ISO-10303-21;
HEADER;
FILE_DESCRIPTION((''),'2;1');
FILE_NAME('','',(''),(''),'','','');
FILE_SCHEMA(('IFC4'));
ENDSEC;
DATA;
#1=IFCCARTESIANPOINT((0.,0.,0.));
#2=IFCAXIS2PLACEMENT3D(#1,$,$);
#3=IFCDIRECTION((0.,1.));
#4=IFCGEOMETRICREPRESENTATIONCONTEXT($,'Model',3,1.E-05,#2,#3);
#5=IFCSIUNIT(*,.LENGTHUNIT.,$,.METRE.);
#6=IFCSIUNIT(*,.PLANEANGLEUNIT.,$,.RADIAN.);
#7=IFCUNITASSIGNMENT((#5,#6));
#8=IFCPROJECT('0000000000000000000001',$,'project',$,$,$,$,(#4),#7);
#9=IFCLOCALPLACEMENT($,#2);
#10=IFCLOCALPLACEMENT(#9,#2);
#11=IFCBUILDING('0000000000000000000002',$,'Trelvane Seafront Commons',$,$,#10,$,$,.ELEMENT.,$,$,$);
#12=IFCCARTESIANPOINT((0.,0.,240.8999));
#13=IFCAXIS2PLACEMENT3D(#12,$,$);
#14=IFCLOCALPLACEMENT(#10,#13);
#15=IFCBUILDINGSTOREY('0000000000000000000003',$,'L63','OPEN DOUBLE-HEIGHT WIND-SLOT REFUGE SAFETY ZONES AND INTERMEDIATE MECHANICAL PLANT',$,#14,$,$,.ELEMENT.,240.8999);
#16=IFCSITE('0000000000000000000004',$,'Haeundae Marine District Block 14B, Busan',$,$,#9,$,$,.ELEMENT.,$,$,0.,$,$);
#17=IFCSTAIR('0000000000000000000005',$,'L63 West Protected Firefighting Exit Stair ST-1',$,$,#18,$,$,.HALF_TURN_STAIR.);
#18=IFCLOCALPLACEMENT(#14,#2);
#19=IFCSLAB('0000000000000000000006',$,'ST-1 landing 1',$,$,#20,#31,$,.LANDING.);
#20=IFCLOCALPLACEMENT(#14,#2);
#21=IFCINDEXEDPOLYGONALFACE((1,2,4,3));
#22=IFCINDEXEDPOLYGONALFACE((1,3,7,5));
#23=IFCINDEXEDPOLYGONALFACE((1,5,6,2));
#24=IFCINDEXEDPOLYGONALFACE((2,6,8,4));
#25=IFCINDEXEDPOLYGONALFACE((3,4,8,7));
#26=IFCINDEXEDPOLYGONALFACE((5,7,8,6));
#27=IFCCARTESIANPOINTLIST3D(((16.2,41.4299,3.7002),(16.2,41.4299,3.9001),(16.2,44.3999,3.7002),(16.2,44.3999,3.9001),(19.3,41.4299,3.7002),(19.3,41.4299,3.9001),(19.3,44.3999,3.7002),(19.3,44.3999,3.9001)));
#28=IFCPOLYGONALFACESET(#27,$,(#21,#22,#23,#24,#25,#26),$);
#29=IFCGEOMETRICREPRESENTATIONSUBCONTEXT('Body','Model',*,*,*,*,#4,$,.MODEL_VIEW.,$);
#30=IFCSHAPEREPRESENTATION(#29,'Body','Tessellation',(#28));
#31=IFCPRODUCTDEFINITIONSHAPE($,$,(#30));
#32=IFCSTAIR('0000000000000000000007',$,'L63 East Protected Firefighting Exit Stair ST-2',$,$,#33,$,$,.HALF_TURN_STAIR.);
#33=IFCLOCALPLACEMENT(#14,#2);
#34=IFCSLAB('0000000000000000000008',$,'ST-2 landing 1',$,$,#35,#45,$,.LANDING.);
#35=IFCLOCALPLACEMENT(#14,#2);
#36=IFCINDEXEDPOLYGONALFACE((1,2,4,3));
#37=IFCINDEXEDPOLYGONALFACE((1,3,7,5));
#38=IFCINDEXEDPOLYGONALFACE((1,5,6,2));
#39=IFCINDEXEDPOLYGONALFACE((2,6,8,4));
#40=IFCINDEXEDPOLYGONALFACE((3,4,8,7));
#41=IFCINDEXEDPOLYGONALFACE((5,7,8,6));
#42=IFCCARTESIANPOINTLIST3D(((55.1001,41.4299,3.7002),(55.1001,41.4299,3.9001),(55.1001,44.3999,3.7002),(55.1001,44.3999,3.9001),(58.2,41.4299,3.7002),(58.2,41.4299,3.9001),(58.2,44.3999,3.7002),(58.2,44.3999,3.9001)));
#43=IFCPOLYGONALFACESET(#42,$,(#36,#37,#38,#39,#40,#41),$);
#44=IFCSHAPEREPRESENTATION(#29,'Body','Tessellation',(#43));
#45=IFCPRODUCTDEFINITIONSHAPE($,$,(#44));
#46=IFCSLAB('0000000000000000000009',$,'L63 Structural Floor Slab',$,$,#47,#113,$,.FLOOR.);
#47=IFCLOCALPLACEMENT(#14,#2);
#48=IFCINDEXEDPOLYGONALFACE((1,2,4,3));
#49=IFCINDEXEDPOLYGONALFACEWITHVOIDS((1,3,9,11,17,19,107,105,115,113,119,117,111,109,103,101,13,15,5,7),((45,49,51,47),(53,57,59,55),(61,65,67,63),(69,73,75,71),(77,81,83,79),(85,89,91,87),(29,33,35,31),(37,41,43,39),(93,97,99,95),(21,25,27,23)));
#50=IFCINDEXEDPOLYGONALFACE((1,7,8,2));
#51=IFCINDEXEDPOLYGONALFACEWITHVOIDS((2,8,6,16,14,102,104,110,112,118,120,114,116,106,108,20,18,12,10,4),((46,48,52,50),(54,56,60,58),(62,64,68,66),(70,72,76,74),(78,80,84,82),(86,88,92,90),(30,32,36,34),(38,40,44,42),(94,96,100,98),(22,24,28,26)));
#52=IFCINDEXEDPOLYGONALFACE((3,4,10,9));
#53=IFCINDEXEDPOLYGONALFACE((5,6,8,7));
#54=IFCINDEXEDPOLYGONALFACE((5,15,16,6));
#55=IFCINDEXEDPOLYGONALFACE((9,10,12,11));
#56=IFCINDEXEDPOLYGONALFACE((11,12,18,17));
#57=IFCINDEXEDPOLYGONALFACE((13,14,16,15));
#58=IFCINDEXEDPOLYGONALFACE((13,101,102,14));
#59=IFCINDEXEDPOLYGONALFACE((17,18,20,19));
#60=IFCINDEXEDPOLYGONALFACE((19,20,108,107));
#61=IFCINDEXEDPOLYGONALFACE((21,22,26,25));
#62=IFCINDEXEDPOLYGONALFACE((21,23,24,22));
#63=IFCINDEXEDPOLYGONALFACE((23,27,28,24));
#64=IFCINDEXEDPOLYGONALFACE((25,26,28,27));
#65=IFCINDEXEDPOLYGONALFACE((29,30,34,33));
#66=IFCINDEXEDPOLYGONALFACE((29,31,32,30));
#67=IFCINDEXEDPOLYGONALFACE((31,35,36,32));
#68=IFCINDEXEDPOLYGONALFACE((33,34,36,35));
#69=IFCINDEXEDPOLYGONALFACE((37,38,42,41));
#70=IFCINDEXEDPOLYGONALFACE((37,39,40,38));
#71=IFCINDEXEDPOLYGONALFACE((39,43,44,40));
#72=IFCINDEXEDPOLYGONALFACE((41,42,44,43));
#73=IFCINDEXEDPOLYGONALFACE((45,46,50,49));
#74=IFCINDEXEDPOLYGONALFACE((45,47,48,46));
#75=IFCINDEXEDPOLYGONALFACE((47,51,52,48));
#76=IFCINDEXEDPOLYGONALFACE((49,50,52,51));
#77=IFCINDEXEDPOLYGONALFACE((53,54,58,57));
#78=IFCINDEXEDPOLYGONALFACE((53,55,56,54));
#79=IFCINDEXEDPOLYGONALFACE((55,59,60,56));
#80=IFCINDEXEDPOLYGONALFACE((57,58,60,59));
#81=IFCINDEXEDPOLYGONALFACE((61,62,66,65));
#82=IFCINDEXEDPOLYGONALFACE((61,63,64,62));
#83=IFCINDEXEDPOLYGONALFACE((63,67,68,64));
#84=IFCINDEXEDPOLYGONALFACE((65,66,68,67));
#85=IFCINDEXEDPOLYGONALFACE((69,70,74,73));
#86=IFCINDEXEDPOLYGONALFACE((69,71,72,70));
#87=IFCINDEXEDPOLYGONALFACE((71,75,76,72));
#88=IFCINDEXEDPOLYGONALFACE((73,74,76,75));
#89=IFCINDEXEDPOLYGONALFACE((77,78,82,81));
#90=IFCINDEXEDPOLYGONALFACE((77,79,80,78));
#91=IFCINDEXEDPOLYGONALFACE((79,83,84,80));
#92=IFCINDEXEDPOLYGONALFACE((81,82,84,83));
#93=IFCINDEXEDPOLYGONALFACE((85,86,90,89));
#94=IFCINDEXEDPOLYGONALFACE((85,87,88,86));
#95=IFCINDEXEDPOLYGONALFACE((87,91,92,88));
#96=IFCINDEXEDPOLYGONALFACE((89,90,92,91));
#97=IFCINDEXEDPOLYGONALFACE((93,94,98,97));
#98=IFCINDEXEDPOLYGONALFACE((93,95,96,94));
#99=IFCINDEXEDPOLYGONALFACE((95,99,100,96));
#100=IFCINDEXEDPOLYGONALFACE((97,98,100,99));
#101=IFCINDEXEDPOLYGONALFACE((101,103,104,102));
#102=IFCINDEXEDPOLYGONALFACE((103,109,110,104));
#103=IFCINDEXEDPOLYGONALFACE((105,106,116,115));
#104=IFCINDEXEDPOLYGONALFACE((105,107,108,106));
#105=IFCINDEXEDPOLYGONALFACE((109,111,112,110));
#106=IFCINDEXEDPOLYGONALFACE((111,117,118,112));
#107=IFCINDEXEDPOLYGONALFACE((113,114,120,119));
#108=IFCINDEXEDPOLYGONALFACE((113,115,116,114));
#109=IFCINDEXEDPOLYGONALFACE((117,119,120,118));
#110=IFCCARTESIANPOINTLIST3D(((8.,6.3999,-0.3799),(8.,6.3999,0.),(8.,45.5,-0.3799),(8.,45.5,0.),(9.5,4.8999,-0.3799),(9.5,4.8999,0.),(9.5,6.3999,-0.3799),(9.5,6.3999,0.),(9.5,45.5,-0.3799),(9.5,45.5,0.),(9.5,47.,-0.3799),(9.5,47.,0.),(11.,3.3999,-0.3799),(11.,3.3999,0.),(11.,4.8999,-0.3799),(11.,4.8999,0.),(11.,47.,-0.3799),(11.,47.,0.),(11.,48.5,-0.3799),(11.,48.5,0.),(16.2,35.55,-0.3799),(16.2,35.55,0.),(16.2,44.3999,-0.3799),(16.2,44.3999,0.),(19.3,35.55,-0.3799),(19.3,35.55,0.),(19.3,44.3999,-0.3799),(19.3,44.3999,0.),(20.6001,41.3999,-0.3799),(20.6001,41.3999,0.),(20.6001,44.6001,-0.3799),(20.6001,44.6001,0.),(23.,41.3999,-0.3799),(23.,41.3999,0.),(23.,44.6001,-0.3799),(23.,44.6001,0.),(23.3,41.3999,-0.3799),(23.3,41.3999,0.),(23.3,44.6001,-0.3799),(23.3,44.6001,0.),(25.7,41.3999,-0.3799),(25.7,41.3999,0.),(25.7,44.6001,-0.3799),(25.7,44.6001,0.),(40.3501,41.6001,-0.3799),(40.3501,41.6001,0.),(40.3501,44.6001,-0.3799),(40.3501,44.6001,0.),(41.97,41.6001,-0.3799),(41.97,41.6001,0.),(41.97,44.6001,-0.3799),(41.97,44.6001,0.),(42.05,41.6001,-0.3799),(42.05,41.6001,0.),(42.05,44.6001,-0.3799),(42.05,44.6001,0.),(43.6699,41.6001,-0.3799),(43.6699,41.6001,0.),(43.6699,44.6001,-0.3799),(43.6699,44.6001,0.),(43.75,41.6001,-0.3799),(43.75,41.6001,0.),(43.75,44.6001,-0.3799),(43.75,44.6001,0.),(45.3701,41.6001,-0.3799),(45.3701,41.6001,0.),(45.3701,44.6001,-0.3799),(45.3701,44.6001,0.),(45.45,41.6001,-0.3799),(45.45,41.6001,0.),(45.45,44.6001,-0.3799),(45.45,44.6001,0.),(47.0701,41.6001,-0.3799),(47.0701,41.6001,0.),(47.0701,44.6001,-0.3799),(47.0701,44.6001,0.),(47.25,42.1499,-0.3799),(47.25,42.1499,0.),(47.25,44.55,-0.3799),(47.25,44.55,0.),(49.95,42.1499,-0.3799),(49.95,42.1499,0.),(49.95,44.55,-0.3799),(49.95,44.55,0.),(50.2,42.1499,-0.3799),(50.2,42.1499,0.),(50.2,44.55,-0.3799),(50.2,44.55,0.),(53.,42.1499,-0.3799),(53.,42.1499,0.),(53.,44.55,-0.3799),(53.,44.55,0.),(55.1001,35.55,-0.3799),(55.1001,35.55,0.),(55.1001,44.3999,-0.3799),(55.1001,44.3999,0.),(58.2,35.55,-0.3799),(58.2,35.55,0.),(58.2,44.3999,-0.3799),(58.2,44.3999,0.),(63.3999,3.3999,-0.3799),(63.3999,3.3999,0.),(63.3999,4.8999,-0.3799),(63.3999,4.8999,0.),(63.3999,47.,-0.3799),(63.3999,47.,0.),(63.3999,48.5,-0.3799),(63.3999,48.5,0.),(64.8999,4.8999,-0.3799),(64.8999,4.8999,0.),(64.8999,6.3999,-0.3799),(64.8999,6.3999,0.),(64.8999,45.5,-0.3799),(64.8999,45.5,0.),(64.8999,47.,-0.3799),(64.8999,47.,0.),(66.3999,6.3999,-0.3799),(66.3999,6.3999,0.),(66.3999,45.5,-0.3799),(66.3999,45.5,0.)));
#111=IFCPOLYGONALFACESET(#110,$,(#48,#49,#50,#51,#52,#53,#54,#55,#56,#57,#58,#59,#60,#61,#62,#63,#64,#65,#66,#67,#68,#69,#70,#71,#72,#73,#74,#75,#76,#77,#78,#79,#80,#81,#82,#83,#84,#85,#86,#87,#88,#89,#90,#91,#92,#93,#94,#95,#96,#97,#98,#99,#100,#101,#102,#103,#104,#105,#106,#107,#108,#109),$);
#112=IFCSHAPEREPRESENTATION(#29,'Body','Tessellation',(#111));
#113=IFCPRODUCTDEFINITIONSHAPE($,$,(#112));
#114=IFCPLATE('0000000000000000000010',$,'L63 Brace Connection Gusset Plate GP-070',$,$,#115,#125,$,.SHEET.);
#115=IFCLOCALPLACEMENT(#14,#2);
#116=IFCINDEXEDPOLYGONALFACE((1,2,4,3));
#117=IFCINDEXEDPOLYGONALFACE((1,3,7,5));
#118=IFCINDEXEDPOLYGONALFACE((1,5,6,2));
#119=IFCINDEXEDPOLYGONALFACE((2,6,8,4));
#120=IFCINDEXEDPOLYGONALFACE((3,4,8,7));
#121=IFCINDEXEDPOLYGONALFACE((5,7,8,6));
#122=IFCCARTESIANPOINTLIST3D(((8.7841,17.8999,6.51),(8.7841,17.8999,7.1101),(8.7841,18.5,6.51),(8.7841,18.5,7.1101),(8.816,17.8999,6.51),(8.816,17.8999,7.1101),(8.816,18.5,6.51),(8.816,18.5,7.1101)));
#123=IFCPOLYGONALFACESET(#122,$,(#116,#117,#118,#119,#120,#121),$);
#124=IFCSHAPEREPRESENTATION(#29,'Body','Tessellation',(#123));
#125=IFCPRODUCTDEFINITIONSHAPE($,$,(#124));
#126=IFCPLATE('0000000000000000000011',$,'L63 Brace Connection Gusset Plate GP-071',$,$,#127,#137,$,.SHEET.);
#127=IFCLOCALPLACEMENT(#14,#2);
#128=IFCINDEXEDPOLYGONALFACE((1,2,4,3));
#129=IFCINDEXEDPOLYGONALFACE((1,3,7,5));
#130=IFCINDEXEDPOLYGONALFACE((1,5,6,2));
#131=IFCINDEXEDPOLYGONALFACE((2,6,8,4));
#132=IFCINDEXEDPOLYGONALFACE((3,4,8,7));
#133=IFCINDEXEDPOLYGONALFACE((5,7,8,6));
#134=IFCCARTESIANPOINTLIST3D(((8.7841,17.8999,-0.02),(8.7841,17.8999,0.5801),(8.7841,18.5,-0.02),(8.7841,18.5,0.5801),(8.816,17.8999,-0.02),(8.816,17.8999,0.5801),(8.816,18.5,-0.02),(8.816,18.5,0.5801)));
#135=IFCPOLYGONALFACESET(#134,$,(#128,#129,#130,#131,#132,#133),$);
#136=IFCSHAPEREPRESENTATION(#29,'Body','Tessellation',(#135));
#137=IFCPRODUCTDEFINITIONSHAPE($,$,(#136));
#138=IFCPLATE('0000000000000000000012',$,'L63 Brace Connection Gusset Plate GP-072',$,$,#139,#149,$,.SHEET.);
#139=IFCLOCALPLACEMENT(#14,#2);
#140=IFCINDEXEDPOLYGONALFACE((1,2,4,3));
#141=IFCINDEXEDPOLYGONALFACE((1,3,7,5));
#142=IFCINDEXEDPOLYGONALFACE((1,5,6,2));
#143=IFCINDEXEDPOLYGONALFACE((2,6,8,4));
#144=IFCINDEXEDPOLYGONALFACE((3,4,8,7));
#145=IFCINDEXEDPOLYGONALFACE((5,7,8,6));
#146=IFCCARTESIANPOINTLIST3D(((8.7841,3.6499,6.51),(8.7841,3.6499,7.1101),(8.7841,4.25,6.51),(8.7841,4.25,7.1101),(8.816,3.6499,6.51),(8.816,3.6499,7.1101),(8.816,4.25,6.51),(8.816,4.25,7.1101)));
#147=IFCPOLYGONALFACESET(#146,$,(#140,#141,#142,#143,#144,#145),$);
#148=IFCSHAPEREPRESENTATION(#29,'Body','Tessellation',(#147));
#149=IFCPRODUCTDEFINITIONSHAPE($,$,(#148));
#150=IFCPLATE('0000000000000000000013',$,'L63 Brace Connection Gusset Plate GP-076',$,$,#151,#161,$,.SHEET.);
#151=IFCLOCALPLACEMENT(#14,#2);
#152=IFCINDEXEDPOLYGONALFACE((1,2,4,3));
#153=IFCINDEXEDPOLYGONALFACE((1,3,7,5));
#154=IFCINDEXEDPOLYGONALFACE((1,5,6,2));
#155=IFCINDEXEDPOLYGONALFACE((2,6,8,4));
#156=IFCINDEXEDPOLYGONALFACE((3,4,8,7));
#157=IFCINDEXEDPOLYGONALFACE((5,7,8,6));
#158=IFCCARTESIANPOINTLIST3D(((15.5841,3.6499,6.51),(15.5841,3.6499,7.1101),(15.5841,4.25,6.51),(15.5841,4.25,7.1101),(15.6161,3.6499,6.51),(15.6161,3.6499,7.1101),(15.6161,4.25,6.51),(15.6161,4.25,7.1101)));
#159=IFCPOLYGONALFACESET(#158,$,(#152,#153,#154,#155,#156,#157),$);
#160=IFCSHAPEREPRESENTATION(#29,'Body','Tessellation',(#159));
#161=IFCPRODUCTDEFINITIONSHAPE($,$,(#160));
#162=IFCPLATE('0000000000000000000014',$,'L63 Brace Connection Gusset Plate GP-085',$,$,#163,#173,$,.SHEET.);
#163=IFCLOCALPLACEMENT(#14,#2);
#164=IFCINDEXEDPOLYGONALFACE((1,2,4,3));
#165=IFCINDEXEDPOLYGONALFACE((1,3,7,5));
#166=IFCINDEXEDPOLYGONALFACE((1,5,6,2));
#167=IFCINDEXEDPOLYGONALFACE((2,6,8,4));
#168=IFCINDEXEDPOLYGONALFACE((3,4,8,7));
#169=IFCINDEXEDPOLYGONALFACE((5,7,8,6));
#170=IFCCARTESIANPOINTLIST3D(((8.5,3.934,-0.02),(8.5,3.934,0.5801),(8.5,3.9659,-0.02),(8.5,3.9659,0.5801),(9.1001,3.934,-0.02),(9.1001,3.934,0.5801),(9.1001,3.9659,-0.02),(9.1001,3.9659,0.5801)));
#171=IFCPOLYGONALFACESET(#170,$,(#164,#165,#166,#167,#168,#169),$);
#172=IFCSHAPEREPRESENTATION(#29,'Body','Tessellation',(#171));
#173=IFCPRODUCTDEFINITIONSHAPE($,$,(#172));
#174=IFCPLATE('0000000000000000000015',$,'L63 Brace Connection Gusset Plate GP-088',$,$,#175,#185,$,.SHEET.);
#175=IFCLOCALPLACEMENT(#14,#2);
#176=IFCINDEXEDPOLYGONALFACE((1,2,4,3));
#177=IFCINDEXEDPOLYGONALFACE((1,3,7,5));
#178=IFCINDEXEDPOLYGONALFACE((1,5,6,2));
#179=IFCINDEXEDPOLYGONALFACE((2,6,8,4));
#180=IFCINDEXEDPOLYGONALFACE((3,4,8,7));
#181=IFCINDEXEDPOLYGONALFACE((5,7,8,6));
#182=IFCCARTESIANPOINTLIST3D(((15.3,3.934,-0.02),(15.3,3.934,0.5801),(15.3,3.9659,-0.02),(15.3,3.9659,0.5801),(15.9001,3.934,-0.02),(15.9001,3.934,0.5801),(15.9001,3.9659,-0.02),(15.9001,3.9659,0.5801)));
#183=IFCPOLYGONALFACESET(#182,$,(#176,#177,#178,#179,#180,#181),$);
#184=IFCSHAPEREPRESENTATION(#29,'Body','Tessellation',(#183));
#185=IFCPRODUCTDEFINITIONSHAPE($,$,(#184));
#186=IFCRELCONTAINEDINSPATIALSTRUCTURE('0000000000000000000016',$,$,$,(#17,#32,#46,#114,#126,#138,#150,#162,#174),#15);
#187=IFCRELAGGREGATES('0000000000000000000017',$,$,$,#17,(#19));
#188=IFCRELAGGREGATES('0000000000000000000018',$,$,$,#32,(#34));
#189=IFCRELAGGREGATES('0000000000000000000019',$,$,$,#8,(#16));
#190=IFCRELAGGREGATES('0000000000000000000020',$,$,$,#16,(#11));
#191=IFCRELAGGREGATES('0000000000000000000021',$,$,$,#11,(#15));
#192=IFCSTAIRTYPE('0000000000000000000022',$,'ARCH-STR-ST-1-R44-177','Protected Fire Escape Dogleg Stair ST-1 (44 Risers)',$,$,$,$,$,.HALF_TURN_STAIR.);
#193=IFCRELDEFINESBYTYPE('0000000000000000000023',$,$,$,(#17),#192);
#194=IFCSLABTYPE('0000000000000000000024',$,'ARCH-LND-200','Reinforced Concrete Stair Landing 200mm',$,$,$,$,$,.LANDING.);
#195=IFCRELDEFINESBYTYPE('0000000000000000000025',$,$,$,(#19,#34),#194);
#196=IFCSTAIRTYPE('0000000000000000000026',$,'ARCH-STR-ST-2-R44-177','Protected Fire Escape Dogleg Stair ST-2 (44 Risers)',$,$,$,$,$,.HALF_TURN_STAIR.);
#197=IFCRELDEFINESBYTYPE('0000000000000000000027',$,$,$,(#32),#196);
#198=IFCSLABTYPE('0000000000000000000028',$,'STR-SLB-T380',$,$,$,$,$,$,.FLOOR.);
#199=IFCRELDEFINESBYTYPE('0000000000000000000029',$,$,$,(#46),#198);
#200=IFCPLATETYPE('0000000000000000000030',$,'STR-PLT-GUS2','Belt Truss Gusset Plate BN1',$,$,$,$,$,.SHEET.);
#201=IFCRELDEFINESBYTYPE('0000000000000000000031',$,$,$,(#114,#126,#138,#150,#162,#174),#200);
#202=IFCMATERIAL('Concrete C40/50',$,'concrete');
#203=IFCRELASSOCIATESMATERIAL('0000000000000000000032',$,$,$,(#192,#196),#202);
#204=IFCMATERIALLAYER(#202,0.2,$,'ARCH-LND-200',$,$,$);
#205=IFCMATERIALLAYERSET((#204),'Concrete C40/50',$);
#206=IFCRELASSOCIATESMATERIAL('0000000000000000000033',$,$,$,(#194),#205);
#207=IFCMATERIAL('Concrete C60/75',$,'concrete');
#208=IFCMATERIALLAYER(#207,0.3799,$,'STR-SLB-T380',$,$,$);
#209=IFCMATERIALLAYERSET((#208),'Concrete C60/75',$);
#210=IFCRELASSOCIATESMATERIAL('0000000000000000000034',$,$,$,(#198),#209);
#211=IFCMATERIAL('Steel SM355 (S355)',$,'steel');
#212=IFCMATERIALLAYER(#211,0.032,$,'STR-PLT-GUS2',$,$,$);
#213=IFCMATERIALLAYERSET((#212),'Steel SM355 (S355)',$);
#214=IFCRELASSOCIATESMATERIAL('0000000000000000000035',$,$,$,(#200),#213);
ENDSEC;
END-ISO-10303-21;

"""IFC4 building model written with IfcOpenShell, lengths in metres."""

from ifc_helpers import new_model, si_unit, direction, frame, origin, origin_2d, place, context, subcontext, project, spatial, polyline, rectangle, outline, extrude, source, transform, mapped, material, layer, layer_set, type_object, element, aggregate, save


model = new_model("IFC4")

# Units and contexts
model_context = context("Model", 3, precision=1e-05, world=origin(), true_north=direction((0.0, 1.0)))
body_context = subcontext(model_context, "Body", "Model", "MODEL_VIEW")
ifc_project = project(units=[si_unit("LENGTHUNIT", "METRE"), si_unit("PLANEANGLEUNIT", "RADIAN")], contexts=[model_context])

# Site, building, storey
site_placement = place(None, origin())
site = spatial("IfcSite", under=ifc_project, at=site_placement, Name="Haeundae Marine District Block 14B, Busan", CompositionType="ELEMENT", RefElevation=0.0)
building_placement = place(site_placement, origin())
building = spatial("IfcBuilding", under=site, at=building_placement, Name="Trelvane Seafront Commons", CompositionType="ELEMENT")
storey_placement = place(building_placement, frame((0.0, 0.0, 240.8999)))
storey = spatial("IfcBuildingStorey", under=building, at=storey_placement, Name="L63", Description="OPEN DOUBLE-HEIGHT WIND-SLOT REFUGE SAFETY ZONES AND INTERMEDIATE MECHANICAL PLANT", CompositionType="ELEMENT", Elevation=240.8999)

# Shared definitions
ifc_material_1 = material(Name="Steel SM355 (S355)", Category="steel")

# Stairs, slabs
ifc_material_2 = material(Name="Concrete C40/50", Category="concrete")
stair_type_1 = type_object("IfcStairType", Name="ARCH-STR-ST-1-R44-177", Description="Protected Fire Escape Dogleg Stair ST-1 (44 Risers)", PredefinedType="HALF_TURN_STAIR", material=ifc_material_2)
stair_1_placement = place(storey_placement, origin())
stair_1 = element("IfcStair", 1, at=stair_1_placement, inside=storey, type_object=stair_type_1, Name="L63 West Protected Firefighting Exit Stair ST-1", PredefinedType="HALF_TURN_STAIR")
ifc_layer_1 = layer(ifc_material_2, 0.2, Name="ARCH-LND-200")
ifc_layer_set_1 = layer_set([ifc_layer_1], Name="Concrete C40/50")
slab_type_1 = type_object("IfcSlabType", Name="ARCH-LND-200", Description="Reinforced Concrete Stair Landing 200mm", PredefinedType="LANDING", material=ifc_layer_set_1)
slab_1_placement = place(storey_placement, frame((0.0, 0.0, 3.7002)))
slab_1 = element("IfcSlab", 2, at=slab_1_placement, type_object=slab_type_1, Name="ST-1 landing 1", PredefinedType="LANDING", context=body_context, shape_type="SweptSolid", body=[
    extrude(outline(polyline([(19.3, 41.4299), (19.3, 44.3999), (16.2, 44.3999), (16.2, 41.4299), (19.3, 41.4299)])), origin(), (0.0, 0.0, 1.0), 0.2),
])
aggregate(stair_1, [slab_1])
stair_type_2 = type_object("IfcStairType", Name="ARCH-STR-ST-2-R44-177", Description="Protected Fire Escape Dogleg Stair ST-2 (44 Risers)", PredefinedType="HALF_TURN_STAIR", material=ifc_material_2)
stair_2_placement = place(storey_placement, origin())
stair_2 = element("IfcStair", 3, at=stair_2_placement, inside=storey, type_object=stair_type_2, Name="L63 East Protected Firefighting Exit Stair ST-2", PredefinedType="HALF_TURN_STAIR")
slab_2_placement = place(storey_placement, frame((0.0, 0.0, 3.7002)))
slab_2 = element("IfcSlab", 4, at=slab_2_placement, type_object=slab_type_1, Name="ST-2 landing 1", PredefinedType="LANDING", context=body_context, shape_type="SweptSolid", body=[
    extrude(outline(polyline([(58.2, 41.4299), (58.2, 44.3999), (55.1001, 44.3999), (55.1001, 41.4299), (58.2, 41.4299)])), origin(), (0.0, 0.0, 1.0), 0.2),
])
aggregate(stair_2, [slab_2])

# Slab
ifc_material_3 = material(Name="Concrete C60/75", Category="concrete")
ifc_layer_2 = layer(ifc_material_3, 0.3799, Name="STR-SLB-T380")
ifc_layer_set_2 = layer_set([ifc_layer_2], Name="Concrete C60/75")
slab_type_2 = type_object("IfcSlabType", Name="STR-SLB-T380", PredefinedType="FLOOR", material=ifc_layer_set_2)
slab_3_placement = place(storey_placement, frame((0.0, 0.0, -0.3799)))
element("IfcSlab", 5, at=slab_3_placement, inside=storey, type_object=slab_type_2, Name="L63 Structural Floor Slab", PredefinedType="FLOOR", context=body_context, shape_type="SweptSolid", body=[
    extrude(outline(polyline([(11.0, 3.3999), (63.3999, 3.3999), (63.3999, 4.8999), (64.8999, 4.8999), (64.8999, 6.3999), (66.3999, 6.3999), (66.3999, 45.5), (64.8999, 45.5), (64.8999, 47.0), (63.3999, 47.0), (63.3999, 48.5), (11.0, 48.5), (11.0, 47.0), (9.5, 47.0), (9.5, 45.5), (8.0, 45.5), (8.0, 6.3999), (9.5, 6.3999), (9.5, 4.8999), (11.0, 4.8999), (11.0, 3.3999)]), holes=[polyline([(19.3, 35.55), (16.2, 35.55), (16.2, 44.3999), (19.3, 44.3999), (19.3, 35.55)]), polyline([(58.2, 35.55), (55.1001, 35.55), (55.1001, 44.3999), (58.2, 44.3999), (58.2, 35.55)]), polyline([(23.0, 41.3999), (20.6001, 41.3999), (20.6001, 44.6001), (23.0, 44.6001), (23.0, 41.3999)]), polyline([(23.3, 41.3999), (23.3, 44.6001), (25.7, 44.6001), (25.7, 41.3999), (23.3, 41.3999)]), polyline([(40.3501, 41.6001), (40.3501, 44.6001), (41.97, 44.6001), (41.97, 41.6001), (40.3501, 41.6001)]), polyline([(43.6699, 41.6001), (42.05, 41.6001), (42.05, 44.6001), (43.6699, 44.6001), (43.6699, 41.6001)]), polyline([(45.3701, 41.6001), (43.75, 41.6001), (43.75, 44.6001), (45.3701, 44.6001), (45.3701, 41.6001)]), polyline([(47.0701, 41.6001), (45.45, 41.6001), (45.45, 44.6001), (47.0701, 44.6001), (47.0701, 41.6001)]), polyline([(47.25, 42.1499), (47.25, 44.55), (49.95, 44.55), (49.95, 42.1499), (47.25, 42.1499)]), polyline([(50.2, 42.1499), (50.2, 44.55), (53.0, 44.55), (53.0, 42.1499), (50.2, 42.1499)])]), origin(), (0.0, 0.0, 1.0), 0.3799),
])

# Plates
ifc_layer_3 = layer(ifc_material_1, 0.032, Name="STR-PLT-GUS2")
ifc_layer_set_3 = layer_set([ifc_layer_3], Name="Steel SM355 (S355)")
plate_type = type_object("IfcPlateType", Name="STR-PLT-GUS2", Description="Belt Truss Gusset Plate BN1", PredefinedType="SHEET", material=ifc_layer_set_3)
shared_shape_1 = source(origin(), body_context, "Body", "SweptSolid", [
    extrude(rectangle(XDim=0.032, YDim=0.6001, at=origin_2d()), origin(), (0.0, 0.0, 1.0), 0.6001),
])
for number, where, z_axis, x_axis, name in (
    (6, (8.8, 18.2, 6.51), (0.0, 0.0, 1.0), (1.0, 0.0, 0.0), "L63 Brace Connection Gusset Plate GP-070"),
    (7, (8.8, 18.2, -0.02), (0.0, 0.0, 1.0), (1.0, 0.0, 0.0), "L63 Brace Connection Gusset Plate GP-071"),
    (8, (8.8, 3.95, 6.51), (0.0, 0.0, 1.0), (1.0, 0.0, 0.0), "L63 Brace Connection Gusset Plate GP-072"),
    (9, (15.6001, 3.95, 6.51), (0.0, 0.0, 1.0), (1.0, 0.0, 0.0), "L63 Brace Connection Gusset Plate GP-076"),
):
    element("IfcPlate", number, at=place(storey_placement, frame(where, z_axis=z_axis, x_axis=x_axis)), inside=storey, type_object=plate_type, Name=name, PredefinedType="SHEET", context=body_context, shape_type="MappedRepresentation", body=[
        mapped(shared_shape_1, transform((0.0, 0.0, 0.0), x_axis=(1.0, 0.0, 0.0), y_axis=(0.0, 1.0, 0.0), z_axis=(0.0, 0.0, 1.0), scale=1.0)),
    ])
shared_shape_2 = source(origin(), body_context, "Body", "SweptSolid", [
    extrude(rectangle(XDim=0.6001, YDim=0.032, at=origin_2d()), origin(), (0.0, 0.0, 1.0), 0.6001),
])
for number, where, z_axis, x_axis, name in (
    (10, (8.8, 3.95, -0.02), (0.0, 0.0, 1.0), (1.0, 0.0, 0.0), "L63 Brace Connection Gusset Plate GP-085"),
    (11, (15.6001, 3.95, -0.02), (0.0, 0.0, 1.0), (1.0, 0.0, 0.0), "L63 Brace Connection Gusset Plate GP-088"),
):
    element("IfcPlate", number, at=place(storey_placement, frame(where, z_axis=z_axis, x_axis=x_axis)), inside=storey, type_object=plate_type, Name=name, PredefinedType="SHEET", context=body_context, shape_type="MappedRepresentation", body=[
        mapped(shared_shape_2, transform((0.0, 0.0, 0.0), x_axis=(1.0, 0.0, 0.0), y_axis=(0.0, 1.0, 0.0), z_axis=(0.0, 0.0, 1.0), scale=1.0)),
    ])

save(model, "model.ifc")
